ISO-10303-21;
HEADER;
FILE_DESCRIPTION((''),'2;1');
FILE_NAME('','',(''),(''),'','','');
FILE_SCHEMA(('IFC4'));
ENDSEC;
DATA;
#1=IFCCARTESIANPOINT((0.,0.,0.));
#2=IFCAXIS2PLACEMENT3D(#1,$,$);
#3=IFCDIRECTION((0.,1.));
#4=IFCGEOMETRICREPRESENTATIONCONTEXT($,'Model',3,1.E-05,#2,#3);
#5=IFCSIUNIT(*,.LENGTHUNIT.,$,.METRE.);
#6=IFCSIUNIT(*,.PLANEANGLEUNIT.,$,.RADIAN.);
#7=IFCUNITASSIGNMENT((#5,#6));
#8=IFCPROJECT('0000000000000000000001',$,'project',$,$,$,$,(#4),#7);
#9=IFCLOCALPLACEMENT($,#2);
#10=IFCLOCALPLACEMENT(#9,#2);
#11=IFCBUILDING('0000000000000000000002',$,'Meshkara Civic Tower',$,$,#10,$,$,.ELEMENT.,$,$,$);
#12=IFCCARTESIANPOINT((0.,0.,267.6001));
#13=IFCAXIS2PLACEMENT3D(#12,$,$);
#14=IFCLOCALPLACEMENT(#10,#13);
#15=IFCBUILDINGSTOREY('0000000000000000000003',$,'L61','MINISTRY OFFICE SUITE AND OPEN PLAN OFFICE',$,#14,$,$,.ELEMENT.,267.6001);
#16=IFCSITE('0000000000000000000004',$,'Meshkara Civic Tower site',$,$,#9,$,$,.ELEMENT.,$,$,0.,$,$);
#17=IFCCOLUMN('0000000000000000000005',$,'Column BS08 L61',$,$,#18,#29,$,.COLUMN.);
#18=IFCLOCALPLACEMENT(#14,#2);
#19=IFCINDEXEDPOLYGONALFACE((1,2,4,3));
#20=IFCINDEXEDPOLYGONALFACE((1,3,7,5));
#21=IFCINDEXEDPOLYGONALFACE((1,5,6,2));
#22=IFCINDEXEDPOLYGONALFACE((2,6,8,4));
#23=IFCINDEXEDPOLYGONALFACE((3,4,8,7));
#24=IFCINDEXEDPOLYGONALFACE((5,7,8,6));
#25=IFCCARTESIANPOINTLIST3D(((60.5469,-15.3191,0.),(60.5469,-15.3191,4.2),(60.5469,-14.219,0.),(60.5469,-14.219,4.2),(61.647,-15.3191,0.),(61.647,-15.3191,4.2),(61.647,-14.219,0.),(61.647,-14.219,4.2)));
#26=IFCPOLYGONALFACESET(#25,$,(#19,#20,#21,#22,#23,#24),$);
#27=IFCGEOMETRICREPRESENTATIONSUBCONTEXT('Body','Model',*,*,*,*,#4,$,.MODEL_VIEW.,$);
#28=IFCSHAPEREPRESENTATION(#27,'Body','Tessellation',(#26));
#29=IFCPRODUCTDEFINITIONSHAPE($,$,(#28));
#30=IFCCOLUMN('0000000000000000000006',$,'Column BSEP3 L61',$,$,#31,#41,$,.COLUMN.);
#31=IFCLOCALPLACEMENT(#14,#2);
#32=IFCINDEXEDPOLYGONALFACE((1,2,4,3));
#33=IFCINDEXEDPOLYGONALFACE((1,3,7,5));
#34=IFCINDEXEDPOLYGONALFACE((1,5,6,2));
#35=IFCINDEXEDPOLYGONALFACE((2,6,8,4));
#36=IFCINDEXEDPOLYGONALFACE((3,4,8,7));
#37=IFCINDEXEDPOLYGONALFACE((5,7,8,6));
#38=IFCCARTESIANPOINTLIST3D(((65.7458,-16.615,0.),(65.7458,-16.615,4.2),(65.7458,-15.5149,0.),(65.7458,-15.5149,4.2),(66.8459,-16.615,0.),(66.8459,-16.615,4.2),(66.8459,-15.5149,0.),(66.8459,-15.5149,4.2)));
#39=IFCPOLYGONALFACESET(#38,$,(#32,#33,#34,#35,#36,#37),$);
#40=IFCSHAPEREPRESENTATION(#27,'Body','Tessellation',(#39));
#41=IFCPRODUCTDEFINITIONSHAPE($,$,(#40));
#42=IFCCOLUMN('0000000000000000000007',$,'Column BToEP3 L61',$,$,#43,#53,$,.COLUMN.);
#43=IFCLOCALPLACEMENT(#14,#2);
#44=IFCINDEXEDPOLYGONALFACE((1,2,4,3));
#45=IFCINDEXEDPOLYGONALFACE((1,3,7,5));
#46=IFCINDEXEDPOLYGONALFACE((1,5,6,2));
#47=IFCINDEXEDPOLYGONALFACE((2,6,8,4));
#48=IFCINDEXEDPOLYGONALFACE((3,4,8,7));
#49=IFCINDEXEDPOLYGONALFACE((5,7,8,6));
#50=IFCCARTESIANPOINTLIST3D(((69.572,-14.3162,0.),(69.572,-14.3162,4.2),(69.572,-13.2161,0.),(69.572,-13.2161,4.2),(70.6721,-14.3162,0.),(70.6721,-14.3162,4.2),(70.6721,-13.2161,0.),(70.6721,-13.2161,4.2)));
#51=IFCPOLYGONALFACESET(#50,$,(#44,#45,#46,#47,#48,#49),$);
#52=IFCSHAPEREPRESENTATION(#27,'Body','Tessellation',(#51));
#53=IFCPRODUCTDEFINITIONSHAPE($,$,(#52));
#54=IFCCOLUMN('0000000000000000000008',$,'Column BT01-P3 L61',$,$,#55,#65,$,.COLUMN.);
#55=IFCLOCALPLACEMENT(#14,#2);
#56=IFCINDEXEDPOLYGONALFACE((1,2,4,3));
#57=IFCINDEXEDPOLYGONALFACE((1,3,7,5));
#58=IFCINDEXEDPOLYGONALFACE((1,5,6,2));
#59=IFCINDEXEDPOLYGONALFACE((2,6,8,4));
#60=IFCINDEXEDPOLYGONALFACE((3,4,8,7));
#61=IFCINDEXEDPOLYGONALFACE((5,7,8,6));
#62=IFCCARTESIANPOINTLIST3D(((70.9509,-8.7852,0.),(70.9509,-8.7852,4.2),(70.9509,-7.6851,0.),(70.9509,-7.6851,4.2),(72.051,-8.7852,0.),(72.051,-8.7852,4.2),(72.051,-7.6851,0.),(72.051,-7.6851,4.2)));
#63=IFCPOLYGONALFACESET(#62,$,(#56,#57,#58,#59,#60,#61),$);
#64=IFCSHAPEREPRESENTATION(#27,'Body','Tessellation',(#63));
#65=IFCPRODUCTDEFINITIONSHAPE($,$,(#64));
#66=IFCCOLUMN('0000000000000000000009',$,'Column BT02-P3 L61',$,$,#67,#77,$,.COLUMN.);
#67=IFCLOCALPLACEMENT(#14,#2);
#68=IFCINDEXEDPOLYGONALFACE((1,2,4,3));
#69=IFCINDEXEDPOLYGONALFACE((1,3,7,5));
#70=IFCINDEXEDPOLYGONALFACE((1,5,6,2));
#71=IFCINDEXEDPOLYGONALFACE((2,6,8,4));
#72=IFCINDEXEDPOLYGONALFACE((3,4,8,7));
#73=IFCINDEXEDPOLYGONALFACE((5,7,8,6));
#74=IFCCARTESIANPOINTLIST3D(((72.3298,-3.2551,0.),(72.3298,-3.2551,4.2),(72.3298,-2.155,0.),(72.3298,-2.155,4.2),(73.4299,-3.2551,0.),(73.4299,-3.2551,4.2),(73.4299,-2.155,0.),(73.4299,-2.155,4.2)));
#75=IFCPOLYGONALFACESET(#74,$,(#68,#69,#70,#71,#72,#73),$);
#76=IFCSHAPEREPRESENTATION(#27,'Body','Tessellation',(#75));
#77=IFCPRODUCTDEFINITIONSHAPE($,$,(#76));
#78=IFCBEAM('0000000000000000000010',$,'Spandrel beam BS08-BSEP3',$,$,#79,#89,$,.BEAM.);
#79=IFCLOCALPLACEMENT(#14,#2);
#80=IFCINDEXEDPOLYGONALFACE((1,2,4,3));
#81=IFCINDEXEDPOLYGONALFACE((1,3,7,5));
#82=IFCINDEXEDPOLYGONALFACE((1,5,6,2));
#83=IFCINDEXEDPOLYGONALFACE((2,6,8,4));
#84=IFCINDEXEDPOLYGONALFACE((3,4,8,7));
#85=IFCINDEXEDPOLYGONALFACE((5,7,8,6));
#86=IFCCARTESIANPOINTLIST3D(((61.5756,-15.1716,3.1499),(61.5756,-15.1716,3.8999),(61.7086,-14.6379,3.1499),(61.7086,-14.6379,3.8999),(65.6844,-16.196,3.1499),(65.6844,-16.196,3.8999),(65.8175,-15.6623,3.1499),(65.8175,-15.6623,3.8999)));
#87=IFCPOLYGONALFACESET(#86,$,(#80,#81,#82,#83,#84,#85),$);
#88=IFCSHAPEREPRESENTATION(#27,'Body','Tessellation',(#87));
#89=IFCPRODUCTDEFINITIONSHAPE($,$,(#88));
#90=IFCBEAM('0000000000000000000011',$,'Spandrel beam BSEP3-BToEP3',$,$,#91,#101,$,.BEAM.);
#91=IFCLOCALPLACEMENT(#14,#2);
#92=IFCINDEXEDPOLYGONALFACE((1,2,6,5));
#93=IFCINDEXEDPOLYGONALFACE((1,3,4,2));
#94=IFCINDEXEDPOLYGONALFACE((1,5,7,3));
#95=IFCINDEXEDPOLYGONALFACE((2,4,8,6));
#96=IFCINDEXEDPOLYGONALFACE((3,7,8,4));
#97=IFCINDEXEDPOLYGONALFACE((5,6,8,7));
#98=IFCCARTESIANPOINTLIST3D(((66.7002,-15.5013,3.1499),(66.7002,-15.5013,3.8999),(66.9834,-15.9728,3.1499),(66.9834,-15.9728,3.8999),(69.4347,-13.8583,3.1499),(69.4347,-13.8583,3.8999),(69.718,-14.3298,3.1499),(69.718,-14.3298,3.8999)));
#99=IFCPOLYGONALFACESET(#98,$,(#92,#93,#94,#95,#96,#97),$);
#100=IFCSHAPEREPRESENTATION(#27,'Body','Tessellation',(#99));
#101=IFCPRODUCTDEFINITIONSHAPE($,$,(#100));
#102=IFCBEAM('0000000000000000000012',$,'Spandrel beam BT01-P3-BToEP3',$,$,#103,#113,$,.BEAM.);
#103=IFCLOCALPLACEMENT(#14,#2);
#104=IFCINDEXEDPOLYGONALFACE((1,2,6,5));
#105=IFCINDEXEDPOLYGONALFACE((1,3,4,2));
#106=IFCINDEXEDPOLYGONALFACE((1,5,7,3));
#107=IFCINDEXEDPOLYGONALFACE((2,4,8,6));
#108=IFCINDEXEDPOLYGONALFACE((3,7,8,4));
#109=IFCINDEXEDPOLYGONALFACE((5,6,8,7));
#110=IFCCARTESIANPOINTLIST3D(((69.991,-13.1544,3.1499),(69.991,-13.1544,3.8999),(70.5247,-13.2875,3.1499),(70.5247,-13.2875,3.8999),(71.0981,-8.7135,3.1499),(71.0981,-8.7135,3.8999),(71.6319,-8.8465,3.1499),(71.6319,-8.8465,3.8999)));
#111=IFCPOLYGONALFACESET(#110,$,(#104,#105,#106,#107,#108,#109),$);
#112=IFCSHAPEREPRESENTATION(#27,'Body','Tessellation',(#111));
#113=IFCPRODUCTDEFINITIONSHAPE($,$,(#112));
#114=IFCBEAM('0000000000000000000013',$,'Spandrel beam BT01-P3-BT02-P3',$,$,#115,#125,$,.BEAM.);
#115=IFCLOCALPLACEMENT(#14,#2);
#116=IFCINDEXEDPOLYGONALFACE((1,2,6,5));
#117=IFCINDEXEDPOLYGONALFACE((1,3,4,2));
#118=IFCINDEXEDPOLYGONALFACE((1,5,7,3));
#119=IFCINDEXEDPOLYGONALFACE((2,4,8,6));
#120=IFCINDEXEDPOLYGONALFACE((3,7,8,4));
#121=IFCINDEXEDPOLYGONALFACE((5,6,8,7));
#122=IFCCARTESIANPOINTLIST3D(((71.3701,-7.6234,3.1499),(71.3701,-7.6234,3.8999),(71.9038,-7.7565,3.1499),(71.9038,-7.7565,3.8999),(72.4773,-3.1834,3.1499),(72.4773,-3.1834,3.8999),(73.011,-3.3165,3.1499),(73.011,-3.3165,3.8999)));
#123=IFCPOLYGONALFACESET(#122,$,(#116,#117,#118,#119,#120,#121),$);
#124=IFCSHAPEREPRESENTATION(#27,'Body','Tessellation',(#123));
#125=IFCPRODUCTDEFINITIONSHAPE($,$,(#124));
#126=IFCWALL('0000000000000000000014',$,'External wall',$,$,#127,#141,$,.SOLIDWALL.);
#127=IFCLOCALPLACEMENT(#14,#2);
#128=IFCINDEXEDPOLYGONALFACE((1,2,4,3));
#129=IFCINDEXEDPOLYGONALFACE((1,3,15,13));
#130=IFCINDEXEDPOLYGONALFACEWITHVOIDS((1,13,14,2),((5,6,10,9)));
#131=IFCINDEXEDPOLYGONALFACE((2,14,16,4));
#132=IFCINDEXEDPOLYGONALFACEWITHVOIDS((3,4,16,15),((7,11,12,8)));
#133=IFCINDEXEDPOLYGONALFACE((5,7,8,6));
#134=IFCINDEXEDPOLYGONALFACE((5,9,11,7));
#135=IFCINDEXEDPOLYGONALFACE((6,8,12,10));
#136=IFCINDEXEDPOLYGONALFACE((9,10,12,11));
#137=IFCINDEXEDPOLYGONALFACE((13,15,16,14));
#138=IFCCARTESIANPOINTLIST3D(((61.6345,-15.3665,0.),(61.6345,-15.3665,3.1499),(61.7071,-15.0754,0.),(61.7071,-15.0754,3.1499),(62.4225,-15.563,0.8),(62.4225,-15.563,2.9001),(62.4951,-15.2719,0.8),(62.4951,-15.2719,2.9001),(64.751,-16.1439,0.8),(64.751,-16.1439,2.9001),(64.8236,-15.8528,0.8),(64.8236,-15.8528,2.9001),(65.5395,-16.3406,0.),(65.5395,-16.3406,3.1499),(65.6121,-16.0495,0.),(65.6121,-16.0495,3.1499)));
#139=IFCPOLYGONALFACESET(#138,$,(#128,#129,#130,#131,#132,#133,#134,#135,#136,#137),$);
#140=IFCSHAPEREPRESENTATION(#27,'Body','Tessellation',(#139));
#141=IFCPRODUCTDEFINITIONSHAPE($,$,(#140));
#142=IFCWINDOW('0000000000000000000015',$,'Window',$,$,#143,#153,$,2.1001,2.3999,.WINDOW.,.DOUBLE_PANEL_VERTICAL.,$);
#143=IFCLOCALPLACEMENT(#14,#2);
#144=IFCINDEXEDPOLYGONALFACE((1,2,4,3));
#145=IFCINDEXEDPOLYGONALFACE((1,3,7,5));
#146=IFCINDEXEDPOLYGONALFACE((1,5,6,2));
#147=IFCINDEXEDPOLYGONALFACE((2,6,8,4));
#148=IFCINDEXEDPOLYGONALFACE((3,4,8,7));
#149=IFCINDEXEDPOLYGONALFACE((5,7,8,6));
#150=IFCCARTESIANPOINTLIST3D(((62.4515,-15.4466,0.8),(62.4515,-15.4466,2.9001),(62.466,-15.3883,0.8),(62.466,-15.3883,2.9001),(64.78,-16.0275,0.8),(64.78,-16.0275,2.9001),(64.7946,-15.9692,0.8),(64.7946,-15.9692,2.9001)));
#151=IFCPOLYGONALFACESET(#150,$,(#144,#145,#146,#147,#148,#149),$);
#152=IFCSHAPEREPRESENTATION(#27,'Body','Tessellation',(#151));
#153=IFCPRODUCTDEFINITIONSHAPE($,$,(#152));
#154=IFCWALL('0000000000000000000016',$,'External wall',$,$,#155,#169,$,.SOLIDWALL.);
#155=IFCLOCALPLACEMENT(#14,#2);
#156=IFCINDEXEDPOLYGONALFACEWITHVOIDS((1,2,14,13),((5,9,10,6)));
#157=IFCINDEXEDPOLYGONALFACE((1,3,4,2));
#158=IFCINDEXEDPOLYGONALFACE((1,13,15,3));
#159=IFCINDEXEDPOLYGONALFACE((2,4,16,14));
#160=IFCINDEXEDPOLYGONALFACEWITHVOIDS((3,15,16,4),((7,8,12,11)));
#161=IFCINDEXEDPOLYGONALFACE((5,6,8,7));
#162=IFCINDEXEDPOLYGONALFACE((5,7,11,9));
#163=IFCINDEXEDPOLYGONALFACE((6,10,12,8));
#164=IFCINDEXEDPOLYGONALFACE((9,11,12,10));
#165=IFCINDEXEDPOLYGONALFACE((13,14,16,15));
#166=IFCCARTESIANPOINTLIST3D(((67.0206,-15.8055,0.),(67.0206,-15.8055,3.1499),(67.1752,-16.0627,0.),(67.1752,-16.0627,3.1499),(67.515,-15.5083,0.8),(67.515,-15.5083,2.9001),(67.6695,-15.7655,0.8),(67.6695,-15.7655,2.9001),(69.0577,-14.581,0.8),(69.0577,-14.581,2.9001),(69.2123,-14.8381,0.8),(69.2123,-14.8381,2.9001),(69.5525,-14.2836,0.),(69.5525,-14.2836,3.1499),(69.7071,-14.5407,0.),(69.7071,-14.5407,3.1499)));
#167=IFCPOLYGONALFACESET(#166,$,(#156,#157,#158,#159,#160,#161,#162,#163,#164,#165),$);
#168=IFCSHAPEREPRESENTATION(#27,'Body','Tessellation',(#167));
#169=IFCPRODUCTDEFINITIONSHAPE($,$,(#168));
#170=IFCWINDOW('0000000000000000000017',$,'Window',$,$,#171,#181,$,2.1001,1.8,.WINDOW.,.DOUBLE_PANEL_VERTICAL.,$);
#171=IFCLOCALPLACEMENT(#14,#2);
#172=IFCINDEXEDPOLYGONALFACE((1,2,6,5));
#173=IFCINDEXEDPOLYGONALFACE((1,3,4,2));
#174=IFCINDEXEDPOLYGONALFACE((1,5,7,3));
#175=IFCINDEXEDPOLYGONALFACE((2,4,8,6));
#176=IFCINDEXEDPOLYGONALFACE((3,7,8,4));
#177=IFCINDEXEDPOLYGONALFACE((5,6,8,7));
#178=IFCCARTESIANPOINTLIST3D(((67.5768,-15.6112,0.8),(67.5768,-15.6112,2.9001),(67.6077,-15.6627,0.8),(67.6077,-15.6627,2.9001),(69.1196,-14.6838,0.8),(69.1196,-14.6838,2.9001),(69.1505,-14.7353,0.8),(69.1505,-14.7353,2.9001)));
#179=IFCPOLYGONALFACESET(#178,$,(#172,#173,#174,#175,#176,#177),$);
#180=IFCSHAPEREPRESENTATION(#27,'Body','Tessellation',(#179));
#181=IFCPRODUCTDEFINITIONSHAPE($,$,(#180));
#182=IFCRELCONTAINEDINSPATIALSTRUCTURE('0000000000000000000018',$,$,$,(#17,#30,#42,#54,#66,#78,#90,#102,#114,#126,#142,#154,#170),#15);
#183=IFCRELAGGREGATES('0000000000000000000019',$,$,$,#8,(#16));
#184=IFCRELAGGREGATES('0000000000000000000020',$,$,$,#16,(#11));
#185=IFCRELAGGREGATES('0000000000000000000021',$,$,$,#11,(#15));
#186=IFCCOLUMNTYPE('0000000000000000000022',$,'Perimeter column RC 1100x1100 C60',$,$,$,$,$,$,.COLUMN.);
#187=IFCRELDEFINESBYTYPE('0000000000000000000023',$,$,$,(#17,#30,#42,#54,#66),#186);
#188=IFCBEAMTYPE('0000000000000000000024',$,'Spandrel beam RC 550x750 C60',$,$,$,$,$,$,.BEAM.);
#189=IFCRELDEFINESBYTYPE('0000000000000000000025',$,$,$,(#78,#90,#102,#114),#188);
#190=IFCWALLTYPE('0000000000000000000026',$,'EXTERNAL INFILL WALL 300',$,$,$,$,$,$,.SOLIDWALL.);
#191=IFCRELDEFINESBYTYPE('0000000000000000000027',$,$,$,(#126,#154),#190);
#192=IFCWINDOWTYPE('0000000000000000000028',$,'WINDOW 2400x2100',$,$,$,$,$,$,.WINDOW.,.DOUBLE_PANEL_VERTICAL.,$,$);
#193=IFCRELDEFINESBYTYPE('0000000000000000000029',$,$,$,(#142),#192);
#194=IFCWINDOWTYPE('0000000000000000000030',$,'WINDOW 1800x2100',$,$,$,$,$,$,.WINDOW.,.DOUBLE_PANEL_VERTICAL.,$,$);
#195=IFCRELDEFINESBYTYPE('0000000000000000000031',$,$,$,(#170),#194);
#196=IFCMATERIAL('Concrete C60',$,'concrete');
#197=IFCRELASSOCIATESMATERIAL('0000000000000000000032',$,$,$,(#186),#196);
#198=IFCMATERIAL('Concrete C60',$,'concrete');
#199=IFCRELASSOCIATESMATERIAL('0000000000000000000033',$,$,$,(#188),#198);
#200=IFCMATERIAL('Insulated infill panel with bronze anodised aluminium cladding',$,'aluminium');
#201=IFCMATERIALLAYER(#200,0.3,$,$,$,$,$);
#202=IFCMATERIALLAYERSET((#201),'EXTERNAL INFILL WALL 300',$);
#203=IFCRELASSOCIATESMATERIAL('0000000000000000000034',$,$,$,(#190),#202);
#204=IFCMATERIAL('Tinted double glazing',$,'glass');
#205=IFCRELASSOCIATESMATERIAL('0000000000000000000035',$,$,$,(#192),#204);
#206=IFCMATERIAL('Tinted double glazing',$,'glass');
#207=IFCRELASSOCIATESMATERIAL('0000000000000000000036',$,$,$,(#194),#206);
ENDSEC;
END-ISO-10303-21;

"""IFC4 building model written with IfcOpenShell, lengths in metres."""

from ifc_helpers import new_model, si_unit, direction, frame, frame_2d, origin, origin_2d, place, context, subcontext, project, spatial, rectangle, extrude, material, layer, layer_set, material_profile, profile_set, type_object, element, fill, save


model = new_model("IFC4")

# Units and contexts
model_context = context("Model", 3, precision=1e-05, world=origin(), true_north=direction((0.0, 1.0)))
body_context = subcontext(model_context, "Body", "Model", "MODEL_VIEW")
ifc_project = project(units=[si_unit("LENGTHUNIT", "METRE"), si_unit("PLANEANGLEUNIT", "RADIAN")], contexts=[model_context])

# Site, building, storey
site_placement = place(None, origin())
site = spatial("IfcSite", under=ifc_project, at=site_placement, Name="Meshkara Civic Tower site", CompositionType="ELEMENT", RefElevation=0.0)
building_placement = place(site_placement, origin())
building = spatial("IfcBuilding", under=site, at=building_placement, Name="Meshkara Civic Tower", CompositionType="ELEMENT")
storey_placement = place(building_placement, frame((0.0, 0.0, 267.6001)))
storey = spatial("IfcBuildingStorey", under=building, at=storey_placement, Name="L61", Description="MINISTRY OFFICE SUITE AND OPEN PLAN OFFICE", CompositionType="ELEMENT", Elevation=267.6001)

# Columns
ifc_material_1 = material(Name="Concrete C60", Category="concrete")
ifc_material_profile_1 = material_profile(ifc_material_1, rectangle(XDim=1.1001, YDim=1.1001, at=origin_2d()))
ifc_profile_set_1 = profile_set([ifc_material_profile_1], Name="Concrete C60")
column_type = type_object("IfcColumnType", Name="Perimeter column RC 1100x1100 C60", PredefinedType="COLUMN", material=ifc_profile_set_1)
for number, where, z_axis, x_axis, name in (
    (1, (61.0969, -14.769, 0.0), (0.0, 0.0, 1.0), (1.0, 0.0, 0.0), "Column BS08 L61"),
    (2, (66.2959, -16.0649, 0.0), (0.0, 0.0, 1.0), (1.0, 0.0, 0.0), "Column BSEP3 L61"),
    (3, (70.1221, -13.7661, 0.0), (0.0, 0.0, 1.0), (1.0, 0.0, 0.0), "Column BToEP3 L61"),
    (4, (71.501, -8.2351, 0.0), (0.0, 0.0, 1.0), (1.0, 0.0, 0.0), "Column BT01-P3 L61"),
    (5, (72.8799, -2.7051, 0.0), (0.0, 0.0, 1.0), (1.0, 0.0, 0.0), "Column BT02-P3 L61"),
):
    element("IfcColumn", number, at=place(storey_placement, frame(where, z_axis=z_axis, x_axis=x_axis)), inside=storey, type_object=column_type, Name=name, PredefinedType="COLUMN", context=body_context, shape_type="SweptSolid", body=[
        extrude(rectangle(XDim=1.1001, YDim=1.1001, at=origin_2d()), origin(), (0.0, 0.0, 1.0), 4.2),
    ])

# Beams
ifc_material_2 = material(Name="Concrete C60", Category="concrete")
ifc_material_profile_2 = material_profile(ifc_material_2, rectangle(XDim=0.55, YDim=0.75, at=origin_2d()))
ifc_profile_set_2 = profile_set([ifc_material_profile_2], Name="Concrete C60")
beam_type = type_object("IfcBeamType", Name="Spandrel beam RC 550x750 C60", PredefinedType="BEAM", material=ifc_profile_set_2)
beam_1_placement = place(storey_placement, frame((61.6421, -14.9048, 3.5249), z_axis=(0.970298, -0.241912, 0.0), x_axis=(0.241912, 0.970298, 0.0)))
element("IfcBeam", 6, at=beam_1_placement, inside=storey, type_object=beam_type, Name="Spandrel beam BS08-BSEP3", PredefinedType="BEAM", context=body_context, shape_type="SweptSolid", body=[
    extrude(rectangle(XDim=0.55, YDim=0.75, at=origin_2d()), origin(), (0.0, 0.0, 1.0), 4.2346),
])
beam_2_placement = place(storey_placement, frame((66.8418, -15.7371, 3.5249), z_axis=(0.857175, 0.515025, 0.0), x_axis=(-0.515025, 0.857175, 0.0)))
element("IfcBeam", 7, at=beam_2_placement, inside=storey, type_object=beam_type, Name="Spandrel beam BSEP3-BToEP3", PredefinedType="BEAM", context=body_context, shape_type="SweptSolid", body=[
    extrude(rectangle(XDim=0.55, YDim=0.75, at=origin_2d()), origin(), (0.0, 0.0, 1.0), 3.1902),
])
beam_3_placement = place(storey_placement, frame((70.2578, -13.2209, 3.5249), z_axis=(0.241908, 0.970299, 0.0), x_axis=(-0.970299, 0.241908, 0.0)))
element("IfcBeam", 8, at=beam_3_placement, inside=storey, type_object=beam_type, Name="Spandrel beam BT01-P3-BToEP3", PredefinedType="BEAM", context=body_context, shape_type="SweptSolid", body=[
    extrude(rectangle(XDim=0.55, YDim=0.75, at=origin_2d()), origin(), (0.0, 0.0, 1.0), 4.5769),
])
beam_4_placement = place(storey_placement, frame((71.637, -7.6899, 3.5249), z_axis=(0.241958, 0.970287, 0.0), x_axis=(-0.970287, 0.241958, 0.0)))
element("IfcBeam", 9, at=beam_4_placement, inside=storey, type_object=beam_type, Name="Spandrel beam BT01-P3-BT02-P3", PredefinedType="BEAM", context=body_context, shape_type="SweptSolid", body=[
    extrude(rectangle(XDim=0.55, YDim=0.75, at=origin_2d()), origin(), (0.0, 0.0, 1.0), 4.5759),
])

# Walls, openings, windows
ifc_material_3 = material(Name="Insulated infill panel with bronze anodised aluminium cladding", Category="aluminium")
ifc_layer_1 = layer(ifc_material_3, 0.3)
ifc_layer_set_1 = layer_set([ifc_layer_1], Name="EXTERNAL INFILL WALL 300")
wall_type_1 = type_object("IfcWallType", Name="EXTERNAL INFILL WALL 300", PredefinedType="SOLIDWALL", material=ifc_layer_set_1)
wall_1_placement = place(storey_placement, frame((61.6709, -15.2209, 0.0), z_axis=(0.0, 0.0, 1.0), x_axis=(0.970267, -0.242036, 0.0)))
wall_1 = element("IfcWall", 10, at=wall_1_placement, inside=storey, type_object=wall_type_1, Name="External wall", PredefinedType="SOLIDWALL", context=body_context, shape_type="SweptSolid", body=[
    extrude(rectangle(XDim=4.0247, YDim=0.3, at=frame_2d((2.0122, 0.0))), origin(), (0.0, 0.0, 1.0), 3.1499),
])
opening_1_placement = place(wall_1_placement, frame((0.812, 0.0, 0.8)))
opening_1 = element("IfcOpeningElement", 11, at=opening_1_placement, cuts=wall_1, PredefinedType="OPENING", context=body_context, shape_type="SweptSolid", body=[
    extrude(rectangle(XDim=2.3999, YDim=2.1001, at=frame_2d((1.2, 1.05))), frame((0.0, 0.1599, 0.0), z_axis=(0.0, -1.0, 0.0), x_axis=(1.0, 0.0, 0.0)), (0.0, 0.0, 1.0), 0.3201),
])
ifc_material_4 = material(Name="Tinted double glazing", Category="glass")
window_type_1 = type_object("IfcWindowType", Name="WINDOW 2400x2100", PartitioningType="DOUBLE_PANEL_VERTICAL", PredefinedType="WINDOW", material=ifc_material_4)
window_1_placement = place(opening_1_placement, origin())
window_1 = element("IfcWindow", 12, at=window_1_placement, inside=storey, type_object=window_type_1, Name="Window", OverallHeight=2.1001, OverallWidth=2.3999, PartitioningType="DOUBLE_PANEL_VERTICAL", PredefinedType="WINDOW", context=body_context, shape_type="SweptSolid", body=[
    extrude(rectangle(XDim=2.3999, YDim=2.1001, at=frame_2d((1.2, 1.05))), frame((0.0, 0.03, 0.0), z_axis=(0.0, -1.0, 0.0), x_axis=(1.0, 0.0, 0.0)), (0.0, 0.0, 1.0), 0.0601),
])
fill(opening_1, window_1)
wall_2_placement = place(storey_placement, frame((67.0979, -15.9341, 0.0), z_axis=(0.0, 0.0, 1.0), x_axis=(0.857077, 0.515188, 0.0)))
wall_2 = element("IfcWall", 13, at=wall_2_placement, inside=storey, type_object=wall_type_1, Name="External wall", PredefinedType="SOLIDWALL", context=body_context, shape_type="SweptSolid", body=[
    extrude(rectangle(XDim=2.9541, YDim=0.3, at=frame_2d((1.4771, 0.0))), origin(), (0.0, 0.0, 1.0), 3.1499),
])
opening_2_placement = place(wall_2_placement, frame((0.5769, 0.0, 0.8)))
opening_2 = element("IfcOpeningElement", 14, at=opening_2_placement, cuts=wall_2, PredefinedType="OPENING", context=body_context, shape_type="SweptSolid", body=[
    extrude(rectangle(XDim=1.8, YDim=2.1001, at=frame_2d((0.8999, 1.05))), frame((0.0, 0.1599, 0.0), z_axis=(0.0, -1.0, 0.0), x_axis=(1.0, 0.0, 0.0)), (0.0, 0.0, 1.0), 0.3201),
])
ifc_material_5 = material(Name="Tinted double glazing", Category="glass")
window_type_2 = type_object("IfcWindowType", Name="WINDOW 1800x2100", PartitioningType="DOUBLE_PANEL_VERTICAL", PredefinedType="WINDOW", material=ifc_material_5)
window_2_placement = place(opening_2_placement, origin())
window_2 = element("IfcWindow", 15, at=window_2_placement, inside=storey, type_object=window_type_2, Name="Window", OverallHeight=2.1001, OverallWidth=1.8, PartitioningType="DOUBLE_PANEL_VERTICAL", PredefinedType="WINDOW", context=body_context, shape_type="SweptSolid", body=[
    extrude(rectangle(XDim=1.8, YDim=2.1001, at=frame_2d((0.8999, 1.05))), frame((0.0, 0.03, 0.0), z_axis=(0.0, -1.0, 0.0), x_axis=(1.0, 0.0, 0.0)), (0.0, 0.0, 1.0), 0.0601),
])
fill(opening_2, window_2)

save(model, "model.ifc")
